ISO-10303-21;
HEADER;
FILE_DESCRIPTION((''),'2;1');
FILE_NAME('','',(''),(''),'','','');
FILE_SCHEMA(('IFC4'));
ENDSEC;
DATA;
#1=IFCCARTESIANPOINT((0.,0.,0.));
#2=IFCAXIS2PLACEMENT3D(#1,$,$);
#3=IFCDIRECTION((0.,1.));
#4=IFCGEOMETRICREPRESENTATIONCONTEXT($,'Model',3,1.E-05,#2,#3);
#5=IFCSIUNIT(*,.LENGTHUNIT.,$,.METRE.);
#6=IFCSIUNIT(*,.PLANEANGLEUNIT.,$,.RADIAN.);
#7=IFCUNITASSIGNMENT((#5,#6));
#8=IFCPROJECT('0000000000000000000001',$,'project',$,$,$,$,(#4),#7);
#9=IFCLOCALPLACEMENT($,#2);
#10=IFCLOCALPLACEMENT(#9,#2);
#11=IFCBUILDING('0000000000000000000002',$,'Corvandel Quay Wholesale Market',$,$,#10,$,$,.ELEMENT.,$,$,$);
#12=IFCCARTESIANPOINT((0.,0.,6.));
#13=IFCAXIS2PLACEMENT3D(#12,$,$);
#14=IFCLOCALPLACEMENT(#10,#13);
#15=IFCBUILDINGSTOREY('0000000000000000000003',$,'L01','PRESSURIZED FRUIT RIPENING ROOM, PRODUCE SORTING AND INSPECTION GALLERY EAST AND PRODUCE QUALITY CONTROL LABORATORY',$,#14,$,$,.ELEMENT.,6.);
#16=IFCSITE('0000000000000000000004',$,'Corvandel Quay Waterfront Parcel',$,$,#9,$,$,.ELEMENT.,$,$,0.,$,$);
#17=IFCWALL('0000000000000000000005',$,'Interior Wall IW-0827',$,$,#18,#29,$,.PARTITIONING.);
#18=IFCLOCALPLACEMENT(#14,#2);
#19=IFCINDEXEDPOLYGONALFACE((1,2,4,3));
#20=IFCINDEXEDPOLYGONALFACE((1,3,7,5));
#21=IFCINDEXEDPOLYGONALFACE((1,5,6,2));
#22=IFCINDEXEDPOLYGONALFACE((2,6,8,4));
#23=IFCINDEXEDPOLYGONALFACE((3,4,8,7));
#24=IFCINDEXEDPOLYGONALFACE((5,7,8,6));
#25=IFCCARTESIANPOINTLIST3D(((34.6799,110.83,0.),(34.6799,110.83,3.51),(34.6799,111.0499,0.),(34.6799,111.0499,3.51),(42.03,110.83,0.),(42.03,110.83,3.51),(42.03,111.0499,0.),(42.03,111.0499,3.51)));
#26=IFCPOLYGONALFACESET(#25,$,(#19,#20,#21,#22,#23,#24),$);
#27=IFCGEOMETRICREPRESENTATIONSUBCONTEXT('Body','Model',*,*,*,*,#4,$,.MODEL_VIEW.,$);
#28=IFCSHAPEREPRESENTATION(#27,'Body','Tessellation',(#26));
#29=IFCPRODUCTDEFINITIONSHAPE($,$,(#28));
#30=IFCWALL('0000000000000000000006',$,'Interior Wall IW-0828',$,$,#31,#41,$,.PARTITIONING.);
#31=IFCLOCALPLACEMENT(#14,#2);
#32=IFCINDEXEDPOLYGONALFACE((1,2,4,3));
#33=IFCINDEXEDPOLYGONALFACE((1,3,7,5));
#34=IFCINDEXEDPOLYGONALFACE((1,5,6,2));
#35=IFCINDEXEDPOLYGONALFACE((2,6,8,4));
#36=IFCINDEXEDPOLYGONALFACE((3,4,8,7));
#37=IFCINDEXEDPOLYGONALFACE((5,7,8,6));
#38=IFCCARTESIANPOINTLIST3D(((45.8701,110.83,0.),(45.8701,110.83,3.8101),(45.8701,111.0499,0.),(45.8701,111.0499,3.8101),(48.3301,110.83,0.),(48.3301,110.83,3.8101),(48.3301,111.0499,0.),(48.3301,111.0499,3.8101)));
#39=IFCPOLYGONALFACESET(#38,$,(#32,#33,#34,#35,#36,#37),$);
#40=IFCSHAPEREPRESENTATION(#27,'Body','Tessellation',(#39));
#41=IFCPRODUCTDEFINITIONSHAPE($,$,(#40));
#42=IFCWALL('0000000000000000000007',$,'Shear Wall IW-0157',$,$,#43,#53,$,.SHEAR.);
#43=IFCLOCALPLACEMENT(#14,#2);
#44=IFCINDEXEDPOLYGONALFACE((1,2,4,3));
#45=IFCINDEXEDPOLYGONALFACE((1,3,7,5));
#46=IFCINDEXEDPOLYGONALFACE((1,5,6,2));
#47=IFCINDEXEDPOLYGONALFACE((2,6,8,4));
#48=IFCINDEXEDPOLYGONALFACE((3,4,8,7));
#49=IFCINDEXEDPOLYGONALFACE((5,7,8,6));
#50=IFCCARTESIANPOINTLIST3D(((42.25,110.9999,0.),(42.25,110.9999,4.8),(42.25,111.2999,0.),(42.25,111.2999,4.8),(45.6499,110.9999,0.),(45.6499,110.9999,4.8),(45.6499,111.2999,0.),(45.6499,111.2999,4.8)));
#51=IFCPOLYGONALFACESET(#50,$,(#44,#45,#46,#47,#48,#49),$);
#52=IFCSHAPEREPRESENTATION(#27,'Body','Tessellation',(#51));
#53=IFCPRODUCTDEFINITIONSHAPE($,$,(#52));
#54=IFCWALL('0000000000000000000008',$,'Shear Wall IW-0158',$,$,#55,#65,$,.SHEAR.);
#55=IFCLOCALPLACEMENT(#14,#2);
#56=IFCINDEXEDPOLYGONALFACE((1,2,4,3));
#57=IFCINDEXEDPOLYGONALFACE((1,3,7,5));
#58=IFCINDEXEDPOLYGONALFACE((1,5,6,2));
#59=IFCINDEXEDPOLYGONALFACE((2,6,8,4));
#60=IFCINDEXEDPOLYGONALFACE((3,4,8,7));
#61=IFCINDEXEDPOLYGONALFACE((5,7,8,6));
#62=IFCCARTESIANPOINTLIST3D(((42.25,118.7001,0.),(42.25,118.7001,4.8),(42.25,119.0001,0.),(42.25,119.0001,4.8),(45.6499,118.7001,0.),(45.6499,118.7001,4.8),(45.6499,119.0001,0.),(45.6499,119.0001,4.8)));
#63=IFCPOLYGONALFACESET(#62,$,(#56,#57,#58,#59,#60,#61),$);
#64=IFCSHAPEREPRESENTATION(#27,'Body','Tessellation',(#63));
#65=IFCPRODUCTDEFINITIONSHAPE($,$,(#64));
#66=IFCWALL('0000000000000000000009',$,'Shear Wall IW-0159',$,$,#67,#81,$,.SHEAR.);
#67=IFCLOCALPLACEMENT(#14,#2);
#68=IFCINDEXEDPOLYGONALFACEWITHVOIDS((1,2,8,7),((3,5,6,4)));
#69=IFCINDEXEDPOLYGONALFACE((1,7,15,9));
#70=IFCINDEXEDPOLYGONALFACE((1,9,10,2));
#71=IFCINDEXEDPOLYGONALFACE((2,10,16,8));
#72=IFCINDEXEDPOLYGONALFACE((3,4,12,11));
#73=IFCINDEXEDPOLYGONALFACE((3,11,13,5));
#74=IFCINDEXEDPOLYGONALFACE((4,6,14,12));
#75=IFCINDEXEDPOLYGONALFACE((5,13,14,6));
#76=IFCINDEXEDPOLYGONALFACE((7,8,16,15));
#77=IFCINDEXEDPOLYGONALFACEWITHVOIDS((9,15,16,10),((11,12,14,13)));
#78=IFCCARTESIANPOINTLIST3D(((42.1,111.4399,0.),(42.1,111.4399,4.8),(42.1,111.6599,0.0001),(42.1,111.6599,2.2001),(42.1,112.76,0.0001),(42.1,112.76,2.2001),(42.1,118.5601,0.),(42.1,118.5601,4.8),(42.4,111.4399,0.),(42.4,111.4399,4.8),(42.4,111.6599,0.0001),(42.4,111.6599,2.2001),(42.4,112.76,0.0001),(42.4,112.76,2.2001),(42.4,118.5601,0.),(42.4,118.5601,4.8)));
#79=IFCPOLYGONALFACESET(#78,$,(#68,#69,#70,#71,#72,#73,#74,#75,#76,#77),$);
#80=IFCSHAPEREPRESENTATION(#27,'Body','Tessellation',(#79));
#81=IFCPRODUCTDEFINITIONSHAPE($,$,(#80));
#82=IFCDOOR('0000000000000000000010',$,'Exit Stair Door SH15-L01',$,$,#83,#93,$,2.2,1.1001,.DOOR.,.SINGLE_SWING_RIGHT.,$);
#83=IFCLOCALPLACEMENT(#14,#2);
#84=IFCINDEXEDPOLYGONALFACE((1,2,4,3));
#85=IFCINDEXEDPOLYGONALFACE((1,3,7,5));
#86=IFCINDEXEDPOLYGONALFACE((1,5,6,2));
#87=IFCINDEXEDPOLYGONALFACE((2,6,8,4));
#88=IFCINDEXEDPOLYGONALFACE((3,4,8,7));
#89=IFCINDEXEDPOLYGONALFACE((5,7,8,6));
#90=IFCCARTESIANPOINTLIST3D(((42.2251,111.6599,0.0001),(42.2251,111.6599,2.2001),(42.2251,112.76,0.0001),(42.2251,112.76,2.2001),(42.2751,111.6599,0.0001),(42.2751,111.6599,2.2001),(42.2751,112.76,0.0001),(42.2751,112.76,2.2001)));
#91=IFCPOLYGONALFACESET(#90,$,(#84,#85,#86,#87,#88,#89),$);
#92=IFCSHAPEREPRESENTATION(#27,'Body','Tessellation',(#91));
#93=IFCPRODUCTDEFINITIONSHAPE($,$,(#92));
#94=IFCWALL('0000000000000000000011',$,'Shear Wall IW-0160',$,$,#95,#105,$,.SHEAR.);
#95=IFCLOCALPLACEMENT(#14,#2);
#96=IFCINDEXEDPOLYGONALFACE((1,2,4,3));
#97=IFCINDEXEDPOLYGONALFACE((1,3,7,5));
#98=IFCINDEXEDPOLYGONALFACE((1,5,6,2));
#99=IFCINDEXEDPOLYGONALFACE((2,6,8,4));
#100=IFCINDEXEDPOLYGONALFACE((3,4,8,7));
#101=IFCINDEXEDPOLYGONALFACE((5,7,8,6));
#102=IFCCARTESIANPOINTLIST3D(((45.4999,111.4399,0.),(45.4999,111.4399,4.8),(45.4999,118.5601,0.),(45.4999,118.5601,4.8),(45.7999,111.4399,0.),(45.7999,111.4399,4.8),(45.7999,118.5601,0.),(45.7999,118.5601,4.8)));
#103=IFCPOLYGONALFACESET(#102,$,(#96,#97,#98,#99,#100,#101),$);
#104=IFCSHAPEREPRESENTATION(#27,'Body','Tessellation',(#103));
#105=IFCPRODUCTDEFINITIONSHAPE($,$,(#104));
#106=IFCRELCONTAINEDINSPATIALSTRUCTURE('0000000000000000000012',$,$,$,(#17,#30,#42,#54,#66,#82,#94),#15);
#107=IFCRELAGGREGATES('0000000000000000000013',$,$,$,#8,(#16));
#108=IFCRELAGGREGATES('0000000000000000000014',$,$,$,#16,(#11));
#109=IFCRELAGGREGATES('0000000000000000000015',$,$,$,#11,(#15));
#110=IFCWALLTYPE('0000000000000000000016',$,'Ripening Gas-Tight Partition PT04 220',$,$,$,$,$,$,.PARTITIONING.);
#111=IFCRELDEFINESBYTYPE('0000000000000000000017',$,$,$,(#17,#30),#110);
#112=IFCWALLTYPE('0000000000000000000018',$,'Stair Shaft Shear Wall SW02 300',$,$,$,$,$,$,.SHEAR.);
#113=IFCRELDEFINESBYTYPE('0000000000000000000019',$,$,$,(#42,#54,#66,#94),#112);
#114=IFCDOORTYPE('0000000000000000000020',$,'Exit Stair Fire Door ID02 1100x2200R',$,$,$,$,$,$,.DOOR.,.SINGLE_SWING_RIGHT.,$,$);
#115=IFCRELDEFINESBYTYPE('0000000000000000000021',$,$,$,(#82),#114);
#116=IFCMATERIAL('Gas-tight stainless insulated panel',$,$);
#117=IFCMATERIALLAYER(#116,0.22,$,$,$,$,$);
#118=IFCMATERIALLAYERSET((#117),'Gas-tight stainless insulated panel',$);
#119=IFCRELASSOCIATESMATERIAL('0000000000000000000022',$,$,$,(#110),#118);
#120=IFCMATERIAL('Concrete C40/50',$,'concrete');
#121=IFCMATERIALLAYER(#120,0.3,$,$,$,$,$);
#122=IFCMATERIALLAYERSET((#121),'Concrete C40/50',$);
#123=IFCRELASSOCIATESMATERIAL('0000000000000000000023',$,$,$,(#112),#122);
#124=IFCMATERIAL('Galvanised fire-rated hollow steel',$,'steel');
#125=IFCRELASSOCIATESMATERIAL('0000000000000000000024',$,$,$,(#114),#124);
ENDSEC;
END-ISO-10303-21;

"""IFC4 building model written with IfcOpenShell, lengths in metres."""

from ifc_helpers import new_model, si_unit, direction, frame, frame_2d, origin, place, context, subcontext, project, spatial, rectangle, extrude, material, layer, layer_set, type_object, element, fill, save


model = new_model("IFC4")

# Units and contexts
model_context = context("Model", 3, precision=1e-05, world=origin(), true_north=direction((0.0, 1.0)))
body_context = subcontext(model_context, "Body", "Model", "MODEL_VIEW")
ifc_project = project(units=[si_unit("LENGTHUNIT", "METRE"), si_unit("PLANEANGLEUNIT", "RADIAN")], contexts=[model_context])

# Site, building, storey
site_placement = place(None, origin())
site = spatial("IfcSite", under=ifc_project, at=site_placement, Name="Corvandel Quay Waterfront Parcel", CompositionType="ELEMENT", RefElevation=0.0)
building_placement = place(site_placement, origin())
building = spatial("IfcBuilding", under=site, at=building_placement, Name="Corvandel Quay Wholesale Market", CompositionType="ELEMENT")
storey_placement = place(building_placement, frame((0.0, 0.0, 6.0)))
storey = spatial("IfcBuildingStorey", under=building, at=storey_placement, Name="L01", Description="PRESSURIZED FRUIT RIPENING ROOM, PRODUCE SORTING AND INSPECTION GALLERY EAST AND PRODUCE QUALITY CONTROL LABORATORY", CompositionType="ELEMENT", Elevation=6.0)

# Shared definitions
ifc_material_1 = material(Name="Gas-tight stainless insulated panel")
ifc_layer_1 = layer(ifc_material_1, 0.22)
ifc_layer_set_1 = layer_set([ifc_layer_1], Name="Gas-tight stainless insulated panel")
wall_type_1 = type_object("IfcWallType", Name="Ripening Gas-Tight Partition PT04 220", PredefinedType="PARTITIONING", material=ifc_layer_set_1)

# Walls
wall_1_placement = place(storey_placement, frame((34.6799, 110.9399, 0.0), z_axis=(0.0, 0.0, 1.0), x_axis=(1.0, 0.0, 0.0)))
element("IfcWall", 1, at=wall_1_placement, inside=storey, type_object=wall_type_1, Name="Interior Wall IW-0827", PredefinedType="PARTITIONING", context=body_context, shape_type="SweptSolid", body=[
    extrude(rectangle(XDim=7.3501, YDim=0.22, at=frame_2d((3.675, 0.0))), origin(), (0.0, 0.0, 1.0), 3.51),
])
wall_2_placement = place(storey_placement, frame((45.8701, 110.9399, 0.0), z_axis=(0.0, 0.0, 1.0), x_axis=(1.0, 0.0, 0.0)))
element("IfcWall", 2, at=wall_2_placement, inside=storey, type_object=wall_type_1, Name="Interior Wall IW-0828", PredefinedType="PARTITIONING", context=body_context, shape_type="SweptSolid", body=[
    extrude(rectangle(XDim=2.46, YDim=0.22, at=frame_2d((1.23, 0.0))), origin(), (0.0, 0.0, 1.0), 3.8101),
])
ifc_material_2 = material(Name="Concrete C40/50", Category="concrete")
ifc_layer_2 = layer(ifc_material_2, 0.3)
ifc_layer_set_2 = layer_set([ifc_layer_2], Name="Concrete C40/50")
wall_type_2 = type_object("IfcWallType", Name="Stair Shaft Shear Wall SW02 300", PredefinedType="SHEAR", material=ifc_layer_set_2)
for number, where, z_axis, x_axis, name in (
    (3, (42.25, 111.1499, 0.0), (0.0, 0.0, 1.0), (1.0, 0.0, 0.0), "Shear Wall IW-0157"),
    (4, (42.25, 118.8501, 0.0), (0.0, 0.0, 1.0), (1.0, 0.0, 0.0), "Shear Wall IW-0158"),
):
    element("IfcWall", number, at=place(storey_placement, frame(where, z_axis=z_axis, x_axis=x_axis)), inside=storey, type_object=wall_type_2, Name=name, PredefinedType="SHEAR", context=body_context, shape_type="SweptSolid", body=[
        extrude(rectangle(XDim=3.3999, YDim=0.3, at=frame_2d((1.7, 0.0))), origin(), (0.0, 0.0, 1.0), 4.8),
    ])

# Wall, opening, door
wall_3_placement = place(storey_placement, frame((42.25, 111.4399, 0.0), z_axis=(0.0, 0.0, 1.0), x_axis=(0.0, 1.0, 0.0)))
wall_3 = element("IfcWall", 5, at=wall_3_placement, inside=storey, type_object=wall_type_2, Name="Shear Wall IW-0159", PredefinedType="SHEAR", context=body_context, shape_type="SweptSolid", body=[
    extrude(rectangle(XDim=7.1201, YDim=0.3, at=frame_2d((3.5601, 0.0))), origin(), (0.0, 0.0, 1.0), 4.8),
])
opening_1_placement = place(wall_3_placement, frame((0.22, 0.0, 0.0)))
opening_1 = element("IfcOpeningElement", 6, at=opening_1_placement, cuts=wall_3, PredefinedType="OPENING", context=body_context, shape_type="SweptSolid", body=[
    extrude(rectangle(XDim=1.1001, YDim=2.2, at=frame_2d((0.55, 1.1001))), frame((0.0, 0.1599, 0.0), z_axis=(0.0, -1.0, 0.0), x_axis=(1.0, 0.0, 0.0)), (0.0, 0.0, 1.0), 0.3201),
])
ifc_material_3 = material(Name="Galvanised fire-rated hollow steel", Category="steel")
door_type_1 = type_object("IfcDoorType", Name="Exit Stair Fire Door ID02 1100x2200R", OperationType="SINGLE_SWING_RIGHT", PredefinedType="DOOR", material=ifc_material_3)
door_1_placement = place(opening_1_placement, origin())
door_1 = element("IfcDoor", 7, at=door_1_placement, inside=storey, type_object=door_type_1, Name="Exit Stair Door SH15-L01", OperationType="SINGLE_SWING_RIGHT", OverallHeight=2.2, OverallWidth=1.1001, PredefinedType="DOOR", context=body_context, shape_type="SweptSolid", body=[
    extrude(rectangle(XDim=1.1001, YDim=2.2, at=frame_2d((0.55, 1.1001))), frame((0.0, 0.0249, 0.0), z_axis=(0.0, -1.0, 0.0), x_axis=(1.0, 0.0, 0.0)), (0.0, 0.0, 1.0), 0.05),
])
fill(opening_1, door_1)

# Wall
wall_4_placement = place(storey_placement, frame((45.6499, 111.4399, 0.0), z_axis=(0.0, 0.0, 1.0), x_axis=(0.0, 1.0, 0.0)))
element("IfcWall", 8, at=wall_4_placement, inside=storey, type_object=wall_type_2, Name="Shear Wall IW-0160", PredefinedType="SHEAR", context=body_context, shape_type="SweptSolid", body=[
    extrude(rectangle(XDim=7.1201, YDim=0.3, at=frame_2d((3.5601, 0.0))), origin(), (0.0, 0.0, 1.0), 4.8),
])

save(model, "model.ifc")
